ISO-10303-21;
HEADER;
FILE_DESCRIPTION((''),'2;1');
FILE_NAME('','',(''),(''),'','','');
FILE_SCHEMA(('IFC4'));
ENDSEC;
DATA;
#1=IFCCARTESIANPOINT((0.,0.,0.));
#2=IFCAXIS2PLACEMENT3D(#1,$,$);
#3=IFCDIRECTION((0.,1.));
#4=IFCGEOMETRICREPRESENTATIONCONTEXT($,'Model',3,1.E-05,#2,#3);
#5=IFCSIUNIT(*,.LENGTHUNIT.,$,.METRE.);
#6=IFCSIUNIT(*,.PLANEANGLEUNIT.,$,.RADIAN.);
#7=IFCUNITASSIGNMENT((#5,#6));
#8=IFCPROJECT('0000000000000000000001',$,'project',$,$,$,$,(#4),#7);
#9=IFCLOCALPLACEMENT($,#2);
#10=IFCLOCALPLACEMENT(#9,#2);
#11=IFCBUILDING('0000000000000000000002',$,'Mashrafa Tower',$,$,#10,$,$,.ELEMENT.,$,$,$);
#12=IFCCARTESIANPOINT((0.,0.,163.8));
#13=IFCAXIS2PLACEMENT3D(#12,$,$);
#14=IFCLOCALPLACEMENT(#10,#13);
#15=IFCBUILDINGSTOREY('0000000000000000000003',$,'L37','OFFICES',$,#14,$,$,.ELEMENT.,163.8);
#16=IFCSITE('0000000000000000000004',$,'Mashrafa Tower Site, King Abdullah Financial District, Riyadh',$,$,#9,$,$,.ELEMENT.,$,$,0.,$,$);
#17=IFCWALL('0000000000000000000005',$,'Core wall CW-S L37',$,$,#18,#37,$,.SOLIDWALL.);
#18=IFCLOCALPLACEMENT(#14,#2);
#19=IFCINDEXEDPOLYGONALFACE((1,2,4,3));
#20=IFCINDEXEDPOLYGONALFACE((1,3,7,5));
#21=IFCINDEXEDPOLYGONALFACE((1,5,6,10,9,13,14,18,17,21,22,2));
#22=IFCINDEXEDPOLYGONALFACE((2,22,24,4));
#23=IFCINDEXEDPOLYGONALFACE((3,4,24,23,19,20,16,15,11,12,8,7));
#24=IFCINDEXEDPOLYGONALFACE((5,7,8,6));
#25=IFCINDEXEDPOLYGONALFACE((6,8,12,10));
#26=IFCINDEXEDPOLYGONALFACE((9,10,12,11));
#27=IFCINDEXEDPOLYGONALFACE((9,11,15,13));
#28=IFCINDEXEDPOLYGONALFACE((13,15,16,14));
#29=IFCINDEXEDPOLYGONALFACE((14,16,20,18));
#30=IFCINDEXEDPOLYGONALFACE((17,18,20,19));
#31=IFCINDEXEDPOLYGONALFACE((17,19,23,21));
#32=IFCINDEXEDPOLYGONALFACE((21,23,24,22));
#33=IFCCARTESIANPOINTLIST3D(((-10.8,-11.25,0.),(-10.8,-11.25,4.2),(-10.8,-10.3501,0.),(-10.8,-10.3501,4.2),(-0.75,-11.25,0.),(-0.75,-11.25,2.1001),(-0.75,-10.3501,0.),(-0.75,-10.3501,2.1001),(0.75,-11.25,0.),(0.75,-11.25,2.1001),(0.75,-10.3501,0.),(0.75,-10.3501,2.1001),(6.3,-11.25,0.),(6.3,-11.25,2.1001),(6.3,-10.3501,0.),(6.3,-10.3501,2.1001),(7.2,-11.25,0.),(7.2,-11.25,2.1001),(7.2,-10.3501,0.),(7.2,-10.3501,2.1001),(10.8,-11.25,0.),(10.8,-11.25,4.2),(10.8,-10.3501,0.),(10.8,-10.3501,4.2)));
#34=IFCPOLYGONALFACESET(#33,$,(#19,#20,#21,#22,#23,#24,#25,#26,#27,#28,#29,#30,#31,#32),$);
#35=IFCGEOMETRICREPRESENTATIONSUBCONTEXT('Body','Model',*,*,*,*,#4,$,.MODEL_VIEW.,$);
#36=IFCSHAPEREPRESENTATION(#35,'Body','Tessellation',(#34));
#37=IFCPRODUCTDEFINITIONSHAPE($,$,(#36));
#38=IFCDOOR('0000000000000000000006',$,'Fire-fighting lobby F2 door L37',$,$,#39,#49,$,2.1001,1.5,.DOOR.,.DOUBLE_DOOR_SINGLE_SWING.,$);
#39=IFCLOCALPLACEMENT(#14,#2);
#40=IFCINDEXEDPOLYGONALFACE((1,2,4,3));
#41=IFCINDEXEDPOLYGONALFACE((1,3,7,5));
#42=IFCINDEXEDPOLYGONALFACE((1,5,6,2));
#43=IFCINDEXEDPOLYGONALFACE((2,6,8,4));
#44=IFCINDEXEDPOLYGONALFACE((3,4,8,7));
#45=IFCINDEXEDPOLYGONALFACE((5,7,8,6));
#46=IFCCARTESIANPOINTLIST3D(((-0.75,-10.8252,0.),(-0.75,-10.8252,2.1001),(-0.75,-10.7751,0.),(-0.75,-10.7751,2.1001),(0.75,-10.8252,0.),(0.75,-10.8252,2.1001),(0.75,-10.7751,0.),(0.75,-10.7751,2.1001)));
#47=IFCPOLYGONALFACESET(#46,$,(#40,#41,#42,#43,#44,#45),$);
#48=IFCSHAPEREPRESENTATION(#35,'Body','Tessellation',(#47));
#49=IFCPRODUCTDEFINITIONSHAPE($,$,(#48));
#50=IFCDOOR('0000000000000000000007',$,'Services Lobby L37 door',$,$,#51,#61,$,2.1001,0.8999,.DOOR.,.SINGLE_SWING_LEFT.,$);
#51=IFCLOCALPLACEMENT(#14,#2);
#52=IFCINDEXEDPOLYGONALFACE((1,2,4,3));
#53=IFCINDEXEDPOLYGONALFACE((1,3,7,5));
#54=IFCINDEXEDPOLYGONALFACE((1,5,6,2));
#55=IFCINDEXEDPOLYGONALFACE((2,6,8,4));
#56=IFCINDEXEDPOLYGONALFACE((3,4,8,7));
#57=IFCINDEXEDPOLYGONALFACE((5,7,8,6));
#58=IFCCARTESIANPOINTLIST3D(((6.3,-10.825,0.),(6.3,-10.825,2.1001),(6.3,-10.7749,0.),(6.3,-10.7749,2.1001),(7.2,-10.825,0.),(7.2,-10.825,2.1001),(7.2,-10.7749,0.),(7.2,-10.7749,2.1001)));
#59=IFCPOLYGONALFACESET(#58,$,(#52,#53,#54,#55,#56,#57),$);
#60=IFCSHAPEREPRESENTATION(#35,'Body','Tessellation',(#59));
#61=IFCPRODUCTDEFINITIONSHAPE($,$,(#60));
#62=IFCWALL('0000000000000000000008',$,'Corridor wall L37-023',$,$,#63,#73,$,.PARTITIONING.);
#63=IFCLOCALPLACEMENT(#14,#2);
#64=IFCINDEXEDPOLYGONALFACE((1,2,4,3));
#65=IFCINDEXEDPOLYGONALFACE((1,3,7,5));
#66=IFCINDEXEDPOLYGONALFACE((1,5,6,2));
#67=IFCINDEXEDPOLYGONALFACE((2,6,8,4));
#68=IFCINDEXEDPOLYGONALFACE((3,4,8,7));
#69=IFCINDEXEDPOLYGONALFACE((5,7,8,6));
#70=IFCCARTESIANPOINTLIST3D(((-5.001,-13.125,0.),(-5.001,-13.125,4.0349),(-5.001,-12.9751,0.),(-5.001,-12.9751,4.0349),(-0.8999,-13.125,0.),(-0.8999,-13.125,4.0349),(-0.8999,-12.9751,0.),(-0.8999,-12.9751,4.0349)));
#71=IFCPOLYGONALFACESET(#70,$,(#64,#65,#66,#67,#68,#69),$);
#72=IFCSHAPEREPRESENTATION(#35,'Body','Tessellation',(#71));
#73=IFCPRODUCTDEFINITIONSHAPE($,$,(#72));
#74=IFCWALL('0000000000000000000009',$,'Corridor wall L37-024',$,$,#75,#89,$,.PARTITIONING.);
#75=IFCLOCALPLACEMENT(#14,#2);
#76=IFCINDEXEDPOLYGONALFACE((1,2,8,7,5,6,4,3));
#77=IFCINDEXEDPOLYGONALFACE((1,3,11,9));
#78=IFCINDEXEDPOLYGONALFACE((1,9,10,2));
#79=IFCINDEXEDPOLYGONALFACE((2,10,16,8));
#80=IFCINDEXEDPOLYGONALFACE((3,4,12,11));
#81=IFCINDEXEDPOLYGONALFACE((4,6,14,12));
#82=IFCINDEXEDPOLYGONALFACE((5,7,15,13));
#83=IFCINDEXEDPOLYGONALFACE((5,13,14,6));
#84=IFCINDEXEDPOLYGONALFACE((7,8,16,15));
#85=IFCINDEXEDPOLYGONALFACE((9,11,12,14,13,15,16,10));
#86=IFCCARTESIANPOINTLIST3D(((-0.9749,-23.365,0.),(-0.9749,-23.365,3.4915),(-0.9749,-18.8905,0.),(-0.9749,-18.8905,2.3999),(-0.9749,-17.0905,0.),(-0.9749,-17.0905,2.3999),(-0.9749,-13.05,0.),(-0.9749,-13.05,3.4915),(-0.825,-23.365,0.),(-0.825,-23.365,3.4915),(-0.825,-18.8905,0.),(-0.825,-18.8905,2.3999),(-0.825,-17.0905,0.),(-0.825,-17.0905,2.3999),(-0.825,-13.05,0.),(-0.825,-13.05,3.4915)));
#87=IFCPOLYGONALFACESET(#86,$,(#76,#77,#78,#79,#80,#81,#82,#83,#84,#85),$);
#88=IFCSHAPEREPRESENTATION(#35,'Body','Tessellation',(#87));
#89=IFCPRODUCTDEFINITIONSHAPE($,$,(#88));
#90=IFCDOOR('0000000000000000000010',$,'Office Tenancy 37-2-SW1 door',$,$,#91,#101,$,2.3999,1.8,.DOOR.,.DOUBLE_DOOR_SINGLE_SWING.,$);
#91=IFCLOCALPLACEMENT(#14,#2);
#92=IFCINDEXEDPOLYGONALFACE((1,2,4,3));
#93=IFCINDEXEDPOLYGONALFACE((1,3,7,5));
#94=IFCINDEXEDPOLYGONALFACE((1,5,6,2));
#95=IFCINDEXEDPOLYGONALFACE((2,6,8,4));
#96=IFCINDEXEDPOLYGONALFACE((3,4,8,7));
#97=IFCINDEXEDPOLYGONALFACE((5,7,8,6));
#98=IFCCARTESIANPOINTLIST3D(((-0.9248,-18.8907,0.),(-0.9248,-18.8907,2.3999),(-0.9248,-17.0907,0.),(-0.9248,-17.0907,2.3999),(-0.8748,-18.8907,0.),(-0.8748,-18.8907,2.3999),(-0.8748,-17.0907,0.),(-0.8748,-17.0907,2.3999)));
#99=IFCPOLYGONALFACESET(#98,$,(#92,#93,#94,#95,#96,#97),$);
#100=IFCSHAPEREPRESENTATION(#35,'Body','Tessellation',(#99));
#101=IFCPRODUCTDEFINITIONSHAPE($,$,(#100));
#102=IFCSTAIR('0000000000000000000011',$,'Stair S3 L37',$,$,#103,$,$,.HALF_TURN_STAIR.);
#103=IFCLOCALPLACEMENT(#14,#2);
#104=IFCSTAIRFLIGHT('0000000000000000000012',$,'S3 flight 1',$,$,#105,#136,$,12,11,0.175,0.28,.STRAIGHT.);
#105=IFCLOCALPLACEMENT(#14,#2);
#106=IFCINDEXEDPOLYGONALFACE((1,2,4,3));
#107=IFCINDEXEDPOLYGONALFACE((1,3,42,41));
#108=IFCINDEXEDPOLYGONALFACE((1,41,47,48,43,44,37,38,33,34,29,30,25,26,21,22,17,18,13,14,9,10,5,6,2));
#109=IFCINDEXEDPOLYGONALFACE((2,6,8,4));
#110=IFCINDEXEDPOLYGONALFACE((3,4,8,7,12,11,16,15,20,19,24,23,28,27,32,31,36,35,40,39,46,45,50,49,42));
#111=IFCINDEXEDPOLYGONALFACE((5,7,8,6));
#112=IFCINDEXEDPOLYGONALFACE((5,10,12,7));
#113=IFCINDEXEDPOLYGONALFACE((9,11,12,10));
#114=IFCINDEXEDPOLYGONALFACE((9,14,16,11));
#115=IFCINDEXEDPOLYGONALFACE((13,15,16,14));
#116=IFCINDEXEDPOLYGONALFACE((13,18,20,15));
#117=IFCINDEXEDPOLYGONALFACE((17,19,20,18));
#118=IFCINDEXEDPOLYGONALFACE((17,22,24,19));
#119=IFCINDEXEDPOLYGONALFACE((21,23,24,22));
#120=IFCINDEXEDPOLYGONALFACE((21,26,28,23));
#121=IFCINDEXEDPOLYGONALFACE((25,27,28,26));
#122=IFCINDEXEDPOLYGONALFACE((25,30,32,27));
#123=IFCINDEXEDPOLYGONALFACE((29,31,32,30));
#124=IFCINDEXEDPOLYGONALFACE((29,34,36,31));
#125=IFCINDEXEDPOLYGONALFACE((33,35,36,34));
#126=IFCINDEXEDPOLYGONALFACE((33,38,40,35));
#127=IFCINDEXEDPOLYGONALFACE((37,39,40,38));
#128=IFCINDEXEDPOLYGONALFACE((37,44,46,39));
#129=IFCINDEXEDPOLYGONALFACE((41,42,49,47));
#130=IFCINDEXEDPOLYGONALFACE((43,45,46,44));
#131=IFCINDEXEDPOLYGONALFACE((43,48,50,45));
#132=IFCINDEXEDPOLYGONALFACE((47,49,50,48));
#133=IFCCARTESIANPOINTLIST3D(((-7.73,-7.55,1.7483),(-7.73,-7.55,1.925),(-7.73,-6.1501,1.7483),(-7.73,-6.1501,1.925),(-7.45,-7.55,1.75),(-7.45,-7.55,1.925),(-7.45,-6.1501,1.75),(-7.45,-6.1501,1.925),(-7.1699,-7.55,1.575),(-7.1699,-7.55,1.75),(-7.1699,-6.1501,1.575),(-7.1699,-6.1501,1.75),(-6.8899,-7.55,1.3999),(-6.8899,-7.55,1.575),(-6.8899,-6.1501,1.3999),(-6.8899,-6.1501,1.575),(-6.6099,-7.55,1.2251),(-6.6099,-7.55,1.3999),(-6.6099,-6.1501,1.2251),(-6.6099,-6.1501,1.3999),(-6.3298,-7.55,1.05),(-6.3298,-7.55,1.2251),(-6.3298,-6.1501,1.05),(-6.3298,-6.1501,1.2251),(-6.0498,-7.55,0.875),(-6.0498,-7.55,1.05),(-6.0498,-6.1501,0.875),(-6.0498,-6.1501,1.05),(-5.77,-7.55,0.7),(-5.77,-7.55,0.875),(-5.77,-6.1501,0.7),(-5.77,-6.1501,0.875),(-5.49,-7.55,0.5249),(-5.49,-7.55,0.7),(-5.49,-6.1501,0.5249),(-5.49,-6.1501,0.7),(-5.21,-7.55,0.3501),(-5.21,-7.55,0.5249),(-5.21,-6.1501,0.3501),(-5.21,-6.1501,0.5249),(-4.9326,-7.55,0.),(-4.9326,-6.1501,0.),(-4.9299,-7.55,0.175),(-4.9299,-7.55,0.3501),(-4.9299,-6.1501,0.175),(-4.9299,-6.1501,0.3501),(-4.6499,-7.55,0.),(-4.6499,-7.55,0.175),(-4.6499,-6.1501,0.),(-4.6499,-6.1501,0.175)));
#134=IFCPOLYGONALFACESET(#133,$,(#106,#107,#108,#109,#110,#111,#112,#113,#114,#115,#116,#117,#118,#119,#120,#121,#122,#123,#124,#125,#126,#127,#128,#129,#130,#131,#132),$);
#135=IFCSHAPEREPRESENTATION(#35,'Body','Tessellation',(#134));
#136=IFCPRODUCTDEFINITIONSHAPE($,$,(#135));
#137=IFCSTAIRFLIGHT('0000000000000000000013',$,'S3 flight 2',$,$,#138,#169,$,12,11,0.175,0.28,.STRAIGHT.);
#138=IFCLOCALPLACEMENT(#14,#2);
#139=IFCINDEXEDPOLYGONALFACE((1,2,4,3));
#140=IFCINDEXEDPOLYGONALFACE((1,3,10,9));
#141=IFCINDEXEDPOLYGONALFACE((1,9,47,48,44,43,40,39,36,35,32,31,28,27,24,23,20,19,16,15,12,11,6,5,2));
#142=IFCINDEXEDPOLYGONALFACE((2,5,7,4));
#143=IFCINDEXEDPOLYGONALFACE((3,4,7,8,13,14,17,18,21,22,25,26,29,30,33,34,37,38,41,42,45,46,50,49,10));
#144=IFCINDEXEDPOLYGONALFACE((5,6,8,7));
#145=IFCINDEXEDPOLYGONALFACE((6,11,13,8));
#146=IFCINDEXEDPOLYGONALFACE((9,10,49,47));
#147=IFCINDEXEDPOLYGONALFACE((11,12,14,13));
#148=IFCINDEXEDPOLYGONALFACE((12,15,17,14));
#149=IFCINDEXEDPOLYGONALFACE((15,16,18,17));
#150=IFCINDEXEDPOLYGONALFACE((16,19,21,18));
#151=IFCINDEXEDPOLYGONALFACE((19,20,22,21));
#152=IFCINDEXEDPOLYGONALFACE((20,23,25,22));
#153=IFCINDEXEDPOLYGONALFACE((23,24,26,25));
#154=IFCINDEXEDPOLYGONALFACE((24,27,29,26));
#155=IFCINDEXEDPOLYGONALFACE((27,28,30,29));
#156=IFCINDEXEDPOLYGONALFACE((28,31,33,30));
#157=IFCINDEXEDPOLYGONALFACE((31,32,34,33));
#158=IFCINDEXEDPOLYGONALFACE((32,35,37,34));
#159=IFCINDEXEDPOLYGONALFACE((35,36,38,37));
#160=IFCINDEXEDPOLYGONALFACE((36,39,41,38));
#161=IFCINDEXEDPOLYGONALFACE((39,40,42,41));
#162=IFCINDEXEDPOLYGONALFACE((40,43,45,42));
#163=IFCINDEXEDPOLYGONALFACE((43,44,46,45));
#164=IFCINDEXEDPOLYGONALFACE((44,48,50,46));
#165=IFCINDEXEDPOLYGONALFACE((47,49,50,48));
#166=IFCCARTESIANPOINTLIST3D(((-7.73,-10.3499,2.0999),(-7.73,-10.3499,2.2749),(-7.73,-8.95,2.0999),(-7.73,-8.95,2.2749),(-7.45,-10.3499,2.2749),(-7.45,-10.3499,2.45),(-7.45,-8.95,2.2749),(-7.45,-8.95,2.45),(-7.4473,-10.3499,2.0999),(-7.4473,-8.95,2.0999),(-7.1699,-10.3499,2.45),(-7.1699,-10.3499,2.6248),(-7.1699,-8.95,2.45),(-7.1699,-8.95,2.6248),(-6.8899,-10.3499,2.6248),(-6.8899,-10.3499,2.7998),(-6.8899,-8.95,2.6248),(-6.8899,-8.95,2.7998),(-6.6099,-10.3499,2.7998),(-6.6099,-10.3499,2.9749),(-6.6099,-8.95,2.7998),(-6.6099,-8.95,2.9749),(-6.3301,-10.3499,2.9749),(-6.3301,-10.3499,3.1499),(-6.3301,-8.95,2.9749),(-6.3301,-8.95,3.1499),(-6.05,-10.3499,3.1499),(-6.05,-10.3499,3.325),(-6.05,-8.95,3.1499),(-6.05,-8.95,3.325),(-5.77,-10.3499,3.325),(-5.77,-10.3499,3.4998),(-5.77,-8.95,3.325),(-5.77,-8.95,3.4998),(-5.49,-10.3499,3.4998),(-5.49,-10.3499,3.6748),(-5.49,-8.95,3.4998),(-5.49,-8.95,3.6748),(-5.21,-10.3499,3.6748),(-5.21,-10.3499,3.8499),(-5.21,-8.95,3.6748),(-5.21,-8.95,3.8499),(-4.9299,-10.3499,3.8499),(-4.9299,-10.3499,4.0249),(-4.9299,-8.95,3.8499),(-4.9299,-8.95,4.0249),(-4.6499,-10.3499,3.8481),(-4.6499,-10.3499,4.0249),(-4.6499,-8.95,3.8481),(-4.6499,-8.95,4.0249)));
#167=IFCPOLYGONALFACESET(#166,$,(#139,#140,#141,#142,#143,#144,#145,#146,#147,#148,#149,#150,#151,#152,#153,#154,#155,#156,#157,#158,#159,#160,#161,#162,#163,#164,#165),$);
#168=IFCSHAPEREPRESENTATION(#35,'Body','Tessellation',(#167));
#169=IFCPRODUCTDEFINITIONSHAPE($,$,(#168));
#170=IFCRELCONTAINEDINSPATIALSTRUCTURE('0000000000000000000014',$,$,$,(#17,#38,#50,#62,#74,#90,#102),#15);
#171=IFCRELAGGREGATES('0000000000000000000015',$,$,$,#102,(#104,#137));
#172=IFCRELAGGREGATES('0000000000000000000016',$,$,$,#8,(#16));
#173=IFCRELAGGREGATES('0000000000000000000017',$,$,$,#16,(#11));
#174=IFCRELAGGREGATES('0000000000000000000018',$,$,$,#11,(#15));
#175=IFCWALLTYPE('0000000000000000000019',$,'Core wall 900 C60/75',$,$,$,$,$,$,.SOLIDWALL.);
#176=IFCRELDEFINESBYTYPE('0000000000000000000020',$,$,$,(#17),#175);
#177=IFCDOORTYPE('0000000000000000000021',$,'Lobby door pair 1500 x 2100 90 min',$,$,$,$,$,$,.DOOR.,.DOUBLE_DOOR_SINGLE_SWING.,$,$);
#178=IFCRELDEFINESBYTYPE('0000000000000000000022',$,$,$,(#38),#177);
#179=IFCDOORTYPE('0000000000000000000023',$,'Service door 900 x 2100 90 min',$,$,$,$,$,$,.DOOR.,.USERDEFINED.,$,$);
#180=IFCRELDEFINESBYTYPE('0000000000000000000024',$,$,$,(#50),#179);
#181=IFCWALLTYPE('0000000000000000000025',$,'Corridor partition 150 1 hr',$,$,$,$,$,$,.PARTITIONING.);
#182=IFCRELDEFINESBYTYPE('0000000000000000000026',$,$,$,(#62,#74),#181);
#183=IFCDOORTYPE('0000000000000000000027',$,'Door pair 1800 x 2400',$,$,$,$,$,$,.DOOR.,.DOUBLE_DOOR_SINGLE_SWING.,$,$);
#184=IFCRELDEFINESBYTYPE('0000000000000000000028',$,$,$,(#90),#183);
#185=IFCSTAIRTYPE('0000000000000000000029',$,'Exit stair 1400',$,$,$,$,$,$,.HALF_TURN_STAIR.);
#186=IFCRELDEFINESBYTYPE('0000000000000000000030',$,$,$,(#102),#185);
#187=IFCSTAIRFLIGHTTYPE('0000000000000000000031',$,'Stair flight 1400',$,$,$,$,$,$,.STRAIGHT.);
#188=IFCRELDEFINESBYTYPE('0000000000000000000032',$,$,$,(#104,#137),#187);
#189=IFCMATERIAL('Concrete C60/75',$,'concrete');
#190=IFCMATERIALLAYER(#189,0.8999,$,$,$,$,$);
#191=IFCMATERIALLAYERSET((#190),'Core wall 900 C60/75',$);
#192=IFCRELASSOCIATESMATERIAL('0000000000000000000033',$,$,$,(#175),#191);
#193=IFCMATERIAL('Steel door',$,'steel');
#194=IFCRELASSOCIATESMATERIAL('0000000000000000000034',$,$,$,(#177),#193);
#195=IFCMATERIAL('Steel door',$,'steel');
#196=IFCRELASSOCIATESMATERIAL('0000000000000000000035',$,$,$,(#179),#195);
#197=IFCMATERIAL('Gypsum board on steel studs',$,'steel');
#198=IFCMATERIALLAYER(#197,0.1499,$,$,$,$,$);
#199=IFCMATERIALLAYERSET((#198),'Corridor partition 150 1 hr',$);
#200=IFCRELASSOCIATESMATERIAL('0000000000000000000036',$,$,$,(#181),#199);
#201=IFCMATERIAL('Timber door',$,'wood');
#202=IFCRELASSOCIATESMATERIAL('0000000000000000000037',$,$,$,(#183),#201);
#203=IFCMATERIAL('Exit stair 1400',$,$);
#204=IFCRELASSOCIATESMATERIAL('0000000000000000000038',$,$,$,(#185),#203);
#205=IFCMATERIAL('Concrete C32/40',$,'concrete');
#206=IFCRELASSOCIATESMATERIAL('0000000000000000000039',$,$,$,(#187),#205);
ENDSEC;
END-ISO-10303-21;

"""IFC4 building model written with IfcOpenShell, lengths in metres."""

from ifc_helpers import new_model, si_unit, direction, frame, frame_2d, origin, place, context, subcontext, project, spatial, polyline, rectangle, outline, extrude, material, layer, layer_set, type_object, element, fill, aggregate, save


model = new_model("IFC4")

# Units and contexts
model_context = context("Model", 3, precision=1e-05, world=origin(), true_north=direction((0.0, 1.0)))
body_context = subcontext(model_context, "Body", "Model", "MODEL_VIEW")
ifc_project = project(units=[si_unit("LENGTHUNIT", "METRE"), si_unit("PLANEANGLEUNIT", "RADIAN")], contexts=[model_context])

# Site, building, storey
site_placement = place(None, origin())
site = spatial("IfcSite", under=ifc_project, at=site_placement, Name="Mashrafa Tower Site, King Abdullah Financial District, Riyadh", CompositionType="ELEMENT", RefElevation=0.0)
building_placement = place(site_placement, origin())
building = spatial("IfcBuilding", under=site, at=building_placement, Name="Mashrafa Tower", CompositionType="ELEMENT")
storey_placement = place(building_placement, frame((0.0, 0.0, 163.8)))
storey = spatial("IfcBuildingStorey", under=building, at=storey_placement, Name="L37", Description="OFFICES", CompositionType="ELEMENT", Elevation=163.8)

# Wall, openings, doors
ifc_material_1 = material(Name="Concrete C60/75", Category="concrete")
ifc_layer_1 = layer(ifc_material_1, 0.8999)
ifc_layer_set_1 = layer_set([ifc_layer_1], Name="Core wall 900 C60/75")
wall_type_1 = type_object("IfcWallType", Name="Core wall 900 C60/75", PredefinedType="SOLIDWALL", material=ifc_layer_set_1)
wall_1_placement = place(storey_placement, frame((-10.8, -10.8, 0.0), z_axis=(0.0, 0.0, 1.0), x_axis=(1.0, 0.0, 0.0)))
wall_1 = element("IfcWall", 1, at=wall_1_placement, inside=storey, type_object=wall_type_1, Name="Core wall CW-S L37", PredefinedType="SOLIDWALL", context=body_context, shape_type="SweptSolid", body=[
    extrude(rectangle(XDim=21.6001, YDim=0.8999, at=frame_2d((10.8, 0.0))), origin(), (0.0, 0.0, 1.0), 4.2),
])
opening_1_placement = place(wall_1_placement, frame((10.05, 0.0, 0.0)))
opening_1 = element("IfcOpeningElement", 2, at=opening_1_placement, cuts=wall_1, PredefinedType="OPENING", context=body_context, shape_type="SweptSolid", body=[
    extrude(rectangle(XDim=1.5, YDim=2.1001, at=frame_2d((0.75, 1.05))), frame((0.0, 0.46, 0.0), z_axis=(0.0, -1.0, 0.0), x_axis=(1.0, 0.0, 0.0)), (0.0, 0.0, 1.0), 0.9199),
])
opening_2_placement = place(wall_1_placement, frame((17.1001, 0.0, 0.0)))
opening_2 = element("IfcOpeningElement", 3, at=opening_2_placement, cuts=wall_1, PredefinedType="OPENING", context=body_context, shape_type="SweptSolid", body=[
    extrude(rectangle(XDim=0.8999, YDim=2.1001, at=frame_2d((0.45, 1.05))), frame((0.0, 0.46, 0.0), z_axis=(0.0, -1.0, 0.0), x_axis=(1.0, 0.0, 0.0)), (0.0, 0.0, 1.0), 0.9199),
])
ifc_material_2 = material(Name="Steel door", Category="steel")
door_type_1 = type_object("IfcDoorType", Name="Lobby door pair 1500 x 2100 90 min", OperationType="DOUBLE_DOOR_SINGLE_SWING", PredefinedType="DOOR", material=ifc_material_2)
door_1_placement = place(opening_1_placement, origin())
door_1 = element("IfcDoor", 4, at=door_1_placement, inside=storey, type_object=door_type_1, Name="Fire-fighting lobby F2 door L37", OperationType="DOUBLE_DOOR_SINGLE_SWING", OverallHeight=2.1001, OverallWidth=1.5, PredefinedType="DOOR", context=body_context, shape_type="SweptSolid", body=[
    extrude(rectangle(XDim=1.5, YDim=2.1001, at=frame_2d((0.75, 1.05))), frame((0.0, 0.0249, 0.0), z_axis=(0.0, -1.0, 0.0), x_axis=(1.0, 0.0, 0.0)), (0.0, 0.0, 1.0), 0.05),
])
fill(opening_1, door_1)
ifc_material_3 = material(Name="Steel door", Category="steel")
door_type_2 = type_object("IfcDoorType", Name="Service door 900 x 2100 90 min", OperationType="USERDEFINED", PredefinedType="DOOR", material=ifc_material_3)
door_2_placement = place(opening_2_placement, frame((0.8999, 0.0, 0.0), z_axis=(0.0, 0.0, 1.0), x_axis=(-1.0, 0.0, 0.0)))
door_2 = element("IfcDoor", 5, at=door_2_placement, inside=storey, type_object=door_type_2, Name="Services Lobby L37 door", OperationType="SINGLE_SWING_LEFT", OverallHeight=2.1001, OverallWidth=0.8999, PredefinedType="DOOR", context=body_context, shape_type="SweptSolid", body=[
    extrude(rectangle(XDim=0.8999, YDim=2.1001, at=frame_2d((0.45, 1.05))), frame((0.0, 0.0249, 0.0), z_axis=(0.0, -1.0, 0.0), x_axis=(1.0, 0.0, 0.0)), (0.0, 0.0, 1.0), 0.05),
])
fill(opening_2, door_2)

# Wall
ifc_material_4 = material(Name="Gypsum board on steel studs", Category="steel")
ifc_layer_2 = layer(ifc_material_4, 0.1499)
ifc_layer_set_2 = layer_set([ifc_layer_2], Name="Corridor partition 150 1 hr")
wall_type_2 = type_object("IfcWallType", Name="Corridor partition 150 1 hr", PredefinedType="PARTITIONING", material=ifc_layer_set_2)
wall_2_placement = place(storey_placement, frame((-5.001, -13.05, 0.0), z_axis=(0.0, 0.0, 1.0), x_axis=(1.0, 0.0, 0.0)))
element("IfcWall", 6, at=wall_2_placement, inside=storey, type_object=wall_type_2, Name="Corridor wall L37-023", PredefinedType="PARTITIONING", context=body_context, shape_type="SweptSolid", body=[
    extrude(rectangle(XDim=4.1011, YDim=0.1499, at=frame_2d((2.0505, 0.0))), origin(), (0.0, 0.0, 1.0), 4.0349),
])

# Wall, opening, door
wall_3_placement = place(storey_placement, frame((-0.8999, -13.05, 0.0), z_axis=(0.0, 0.0, 1.0), x_axis=(0.0, -1.0, 0.0)))
wall_3 = element("IfcWall", 7, at=wall_3_placement, inside=storey, type_object=wall_type_2, Name="Corridor wall L37-024", PredefinedType="PARTITIONING", context=body_context, shape_type="SweptSolid", body=[
    extrude(rectangle(XDim=10.3149, YDim=0.1499, at=frame_2d((5.1575, 0.0))), origin(), (0.0, 0.0, 1.0), 3.4915),
])
opening_3_placement = place(wall_3_placement, frame((4.0405, 0.0, 0.0)))
opening_3 = element("IfcOpeningElement", 8, at=opening_3_placement, cuts=wall_3, PredefinedType="OPENING", context=body_context, shape_type="SweptSolid", body=[
    extrude(rectangle(XDim=1.8, YDim=2.3999, at=frame_2d((0.8999, 1.2))), frame((0.0, 0.085, 0.0), z_axis=(0.0, -1.0, 0.0), x_axis=(1.0, 0.0, 0.0)), (0.0, 0.0, 1.0), 0.1699),
])
ifc_material_5 = material(Name="Timber door", Category="wood")
door_type_3 = type_object("IfcDoorType", Name="Door pair 1800 x 2400", OperationType="DOUBLE_DOOR_SINGLE_SWING", PredefinedType="DOOR", material=ifc_material_5)
door_3_placement = place(opening_3_placement, frame((1.8, 0.0, 0.0), z_axis=(0.0, 0.0, 1.0), x_axis=(-1.0, 0.0, 0.0)))
door_3 = element("IfcDoor", 9, at=door_3_placement, inside=storey, type_object=door_type_3, Name="Office Tenancy 37-2-SW1 door", OperationType="DOUBLE_DOOR_SINGLE_SWING", OverallHeight=2.3999, OverallWidth=1.8, PredefinedType="DOOR", context=body_context, shape_type="SweptSolid", body=[
    extrude(rectangle(XDim=1.8, YDim=2.3999, at=frame_2d((0.8999, 1.2))), frame((0.0, 0.0249, 0.0), z_axis=(0.0, -1.0, 0.0), x_axis=(1.0, 0.0, 0.0)), (0.0, 0.0, 1.0), 0.05),
])
fill(opening_3, door_3)

# Stair, stair flights
ifc_material_6 = material(Name="Exit stair 1400")
stair_type = type_object("IfcStairType", Name="Exit stair 1400", PredefinedType="HALF_TURN_STAIR", material=ifc_material_6)
stair_placement = place(storey_placement, origin())
stair = element("IfcStair", 10, at=stair_placement, inside=storey, type_object=stair_type, Name="Stair S3 L37", PredefinedType="HALF_TURN_STAIR")
ifc_material_7 = material(Name="Concrete C32/40", Category="concrete")
stair_flight_type = type_object("IfcStairFlightType", Name="Stair flight 1400", PredefinedType="STRAIGHT", material=ifc_material_7)
stair_flight_1_placement = place(storey_placement, frame((-4.6499, -6.8501, 0.0), z_axis=(0.0, 0.0, 1.0), x_axis=(-1.0, 0.0, 0.0)))
stair_flight_1 = element("IfcStairFlight", 11, at=stair_flight_1_placement, type_object=stair_flight_type, Name="S3 flight 1", NumberOfRisers=12, NumberOfTreads=11, PredefinedType="STRAIGHT", RiserHeight=0.175, TreadLength=0.28, context=body_context, shape_type="SweptSolid", body=[
    extrude(outline(polyline([(0.0, 0.0), (0.0, 0.175), (0.28, 0.175), (0.28, 0.3501), (0.5601, 0.3501), (0.5601, 0.5249), (0.8401, 0.5249), (0.8401, 0.7), (1.1201, 0.7), (1.1201, 0.875), (1.3999, 0.875), (1.3999, 1.05), (1.6799, 1.05), (1.6799, 1.2251), (1.96, 1.2251), (1.96, 1.3999), (2.24, 1.3999), (2.24, 1.575), (2.52, 1.575), (2.52, 1.75), (2.8, 1.75), (2.8, 1.925), (3.0801, 1.925), (3.0801, 2.1001), (3.0801, 1.7483), (0.2827, 0.0), (0.0, 0.0)])), frame((0.0, 0.7, 0.0), z_axis=(0.0, -1.0, 0.0), x_axis=(1.0, 0.0, 0.0)), (0.0, 0.0, 1.0), 1.3999),
])
stair_flight_2_placement = place(storey_placement, frame((-7.73, -9.6499, 2.0999), z_axis=(0.0, 0.0, 1.0), x_axis=(1.0, 0.0, 0.0)))
stair_flight_2 = element("IfcStairFlight", 12, at=stair_flight_2_placement, type_object=stair_flight_type, Name="S3 flight 2", NumberOfRisers=12, NumberOfTreads=11, PredefinedType="STRAIGHT", RiserHeight=0.175, TreadLength=0.28, context=body_context, shape_type="SweptSolid", body=[
    extrude(outline(polyline([(0.0, 0.0), (0.0, 0.175), (0.28, 0.175), (0.28, 0.3501), (0.5601, 0.3501), (0.5601, 0.5249), (0.8401, 0.5249), (0.8401, 0.7), (1.1201, 0.7), (1.1201, 0.875), (1.3999, 0.875), (1.3999, 1.05), (1.6799, 1.05), (1.6799, 1.2251), (1.96, 1.2251), (1.96, 1.3999), (2.24, 1.3999), (2.24, 1.575), (2.52, 1.575), (2.52, 1.75), (2.8, 1.75), (2.8, 1.925), (3.0801, 1.925), (3.0801, 2.1001), (3.0801, 1.7483), (0.2827, 0.0), (0.0, 0.0)])), frame((0.0, 0.7, 0.0), z_axis=(0.0, -1.0, 0.0), x_axis=(1.0, 0.0, 0.0)), (0.0, 0.0, 1.0), 1.3999),
])
aggregate(stair, [stair_flight_1, stair_flight_2])

save(model, "model.ifc")
